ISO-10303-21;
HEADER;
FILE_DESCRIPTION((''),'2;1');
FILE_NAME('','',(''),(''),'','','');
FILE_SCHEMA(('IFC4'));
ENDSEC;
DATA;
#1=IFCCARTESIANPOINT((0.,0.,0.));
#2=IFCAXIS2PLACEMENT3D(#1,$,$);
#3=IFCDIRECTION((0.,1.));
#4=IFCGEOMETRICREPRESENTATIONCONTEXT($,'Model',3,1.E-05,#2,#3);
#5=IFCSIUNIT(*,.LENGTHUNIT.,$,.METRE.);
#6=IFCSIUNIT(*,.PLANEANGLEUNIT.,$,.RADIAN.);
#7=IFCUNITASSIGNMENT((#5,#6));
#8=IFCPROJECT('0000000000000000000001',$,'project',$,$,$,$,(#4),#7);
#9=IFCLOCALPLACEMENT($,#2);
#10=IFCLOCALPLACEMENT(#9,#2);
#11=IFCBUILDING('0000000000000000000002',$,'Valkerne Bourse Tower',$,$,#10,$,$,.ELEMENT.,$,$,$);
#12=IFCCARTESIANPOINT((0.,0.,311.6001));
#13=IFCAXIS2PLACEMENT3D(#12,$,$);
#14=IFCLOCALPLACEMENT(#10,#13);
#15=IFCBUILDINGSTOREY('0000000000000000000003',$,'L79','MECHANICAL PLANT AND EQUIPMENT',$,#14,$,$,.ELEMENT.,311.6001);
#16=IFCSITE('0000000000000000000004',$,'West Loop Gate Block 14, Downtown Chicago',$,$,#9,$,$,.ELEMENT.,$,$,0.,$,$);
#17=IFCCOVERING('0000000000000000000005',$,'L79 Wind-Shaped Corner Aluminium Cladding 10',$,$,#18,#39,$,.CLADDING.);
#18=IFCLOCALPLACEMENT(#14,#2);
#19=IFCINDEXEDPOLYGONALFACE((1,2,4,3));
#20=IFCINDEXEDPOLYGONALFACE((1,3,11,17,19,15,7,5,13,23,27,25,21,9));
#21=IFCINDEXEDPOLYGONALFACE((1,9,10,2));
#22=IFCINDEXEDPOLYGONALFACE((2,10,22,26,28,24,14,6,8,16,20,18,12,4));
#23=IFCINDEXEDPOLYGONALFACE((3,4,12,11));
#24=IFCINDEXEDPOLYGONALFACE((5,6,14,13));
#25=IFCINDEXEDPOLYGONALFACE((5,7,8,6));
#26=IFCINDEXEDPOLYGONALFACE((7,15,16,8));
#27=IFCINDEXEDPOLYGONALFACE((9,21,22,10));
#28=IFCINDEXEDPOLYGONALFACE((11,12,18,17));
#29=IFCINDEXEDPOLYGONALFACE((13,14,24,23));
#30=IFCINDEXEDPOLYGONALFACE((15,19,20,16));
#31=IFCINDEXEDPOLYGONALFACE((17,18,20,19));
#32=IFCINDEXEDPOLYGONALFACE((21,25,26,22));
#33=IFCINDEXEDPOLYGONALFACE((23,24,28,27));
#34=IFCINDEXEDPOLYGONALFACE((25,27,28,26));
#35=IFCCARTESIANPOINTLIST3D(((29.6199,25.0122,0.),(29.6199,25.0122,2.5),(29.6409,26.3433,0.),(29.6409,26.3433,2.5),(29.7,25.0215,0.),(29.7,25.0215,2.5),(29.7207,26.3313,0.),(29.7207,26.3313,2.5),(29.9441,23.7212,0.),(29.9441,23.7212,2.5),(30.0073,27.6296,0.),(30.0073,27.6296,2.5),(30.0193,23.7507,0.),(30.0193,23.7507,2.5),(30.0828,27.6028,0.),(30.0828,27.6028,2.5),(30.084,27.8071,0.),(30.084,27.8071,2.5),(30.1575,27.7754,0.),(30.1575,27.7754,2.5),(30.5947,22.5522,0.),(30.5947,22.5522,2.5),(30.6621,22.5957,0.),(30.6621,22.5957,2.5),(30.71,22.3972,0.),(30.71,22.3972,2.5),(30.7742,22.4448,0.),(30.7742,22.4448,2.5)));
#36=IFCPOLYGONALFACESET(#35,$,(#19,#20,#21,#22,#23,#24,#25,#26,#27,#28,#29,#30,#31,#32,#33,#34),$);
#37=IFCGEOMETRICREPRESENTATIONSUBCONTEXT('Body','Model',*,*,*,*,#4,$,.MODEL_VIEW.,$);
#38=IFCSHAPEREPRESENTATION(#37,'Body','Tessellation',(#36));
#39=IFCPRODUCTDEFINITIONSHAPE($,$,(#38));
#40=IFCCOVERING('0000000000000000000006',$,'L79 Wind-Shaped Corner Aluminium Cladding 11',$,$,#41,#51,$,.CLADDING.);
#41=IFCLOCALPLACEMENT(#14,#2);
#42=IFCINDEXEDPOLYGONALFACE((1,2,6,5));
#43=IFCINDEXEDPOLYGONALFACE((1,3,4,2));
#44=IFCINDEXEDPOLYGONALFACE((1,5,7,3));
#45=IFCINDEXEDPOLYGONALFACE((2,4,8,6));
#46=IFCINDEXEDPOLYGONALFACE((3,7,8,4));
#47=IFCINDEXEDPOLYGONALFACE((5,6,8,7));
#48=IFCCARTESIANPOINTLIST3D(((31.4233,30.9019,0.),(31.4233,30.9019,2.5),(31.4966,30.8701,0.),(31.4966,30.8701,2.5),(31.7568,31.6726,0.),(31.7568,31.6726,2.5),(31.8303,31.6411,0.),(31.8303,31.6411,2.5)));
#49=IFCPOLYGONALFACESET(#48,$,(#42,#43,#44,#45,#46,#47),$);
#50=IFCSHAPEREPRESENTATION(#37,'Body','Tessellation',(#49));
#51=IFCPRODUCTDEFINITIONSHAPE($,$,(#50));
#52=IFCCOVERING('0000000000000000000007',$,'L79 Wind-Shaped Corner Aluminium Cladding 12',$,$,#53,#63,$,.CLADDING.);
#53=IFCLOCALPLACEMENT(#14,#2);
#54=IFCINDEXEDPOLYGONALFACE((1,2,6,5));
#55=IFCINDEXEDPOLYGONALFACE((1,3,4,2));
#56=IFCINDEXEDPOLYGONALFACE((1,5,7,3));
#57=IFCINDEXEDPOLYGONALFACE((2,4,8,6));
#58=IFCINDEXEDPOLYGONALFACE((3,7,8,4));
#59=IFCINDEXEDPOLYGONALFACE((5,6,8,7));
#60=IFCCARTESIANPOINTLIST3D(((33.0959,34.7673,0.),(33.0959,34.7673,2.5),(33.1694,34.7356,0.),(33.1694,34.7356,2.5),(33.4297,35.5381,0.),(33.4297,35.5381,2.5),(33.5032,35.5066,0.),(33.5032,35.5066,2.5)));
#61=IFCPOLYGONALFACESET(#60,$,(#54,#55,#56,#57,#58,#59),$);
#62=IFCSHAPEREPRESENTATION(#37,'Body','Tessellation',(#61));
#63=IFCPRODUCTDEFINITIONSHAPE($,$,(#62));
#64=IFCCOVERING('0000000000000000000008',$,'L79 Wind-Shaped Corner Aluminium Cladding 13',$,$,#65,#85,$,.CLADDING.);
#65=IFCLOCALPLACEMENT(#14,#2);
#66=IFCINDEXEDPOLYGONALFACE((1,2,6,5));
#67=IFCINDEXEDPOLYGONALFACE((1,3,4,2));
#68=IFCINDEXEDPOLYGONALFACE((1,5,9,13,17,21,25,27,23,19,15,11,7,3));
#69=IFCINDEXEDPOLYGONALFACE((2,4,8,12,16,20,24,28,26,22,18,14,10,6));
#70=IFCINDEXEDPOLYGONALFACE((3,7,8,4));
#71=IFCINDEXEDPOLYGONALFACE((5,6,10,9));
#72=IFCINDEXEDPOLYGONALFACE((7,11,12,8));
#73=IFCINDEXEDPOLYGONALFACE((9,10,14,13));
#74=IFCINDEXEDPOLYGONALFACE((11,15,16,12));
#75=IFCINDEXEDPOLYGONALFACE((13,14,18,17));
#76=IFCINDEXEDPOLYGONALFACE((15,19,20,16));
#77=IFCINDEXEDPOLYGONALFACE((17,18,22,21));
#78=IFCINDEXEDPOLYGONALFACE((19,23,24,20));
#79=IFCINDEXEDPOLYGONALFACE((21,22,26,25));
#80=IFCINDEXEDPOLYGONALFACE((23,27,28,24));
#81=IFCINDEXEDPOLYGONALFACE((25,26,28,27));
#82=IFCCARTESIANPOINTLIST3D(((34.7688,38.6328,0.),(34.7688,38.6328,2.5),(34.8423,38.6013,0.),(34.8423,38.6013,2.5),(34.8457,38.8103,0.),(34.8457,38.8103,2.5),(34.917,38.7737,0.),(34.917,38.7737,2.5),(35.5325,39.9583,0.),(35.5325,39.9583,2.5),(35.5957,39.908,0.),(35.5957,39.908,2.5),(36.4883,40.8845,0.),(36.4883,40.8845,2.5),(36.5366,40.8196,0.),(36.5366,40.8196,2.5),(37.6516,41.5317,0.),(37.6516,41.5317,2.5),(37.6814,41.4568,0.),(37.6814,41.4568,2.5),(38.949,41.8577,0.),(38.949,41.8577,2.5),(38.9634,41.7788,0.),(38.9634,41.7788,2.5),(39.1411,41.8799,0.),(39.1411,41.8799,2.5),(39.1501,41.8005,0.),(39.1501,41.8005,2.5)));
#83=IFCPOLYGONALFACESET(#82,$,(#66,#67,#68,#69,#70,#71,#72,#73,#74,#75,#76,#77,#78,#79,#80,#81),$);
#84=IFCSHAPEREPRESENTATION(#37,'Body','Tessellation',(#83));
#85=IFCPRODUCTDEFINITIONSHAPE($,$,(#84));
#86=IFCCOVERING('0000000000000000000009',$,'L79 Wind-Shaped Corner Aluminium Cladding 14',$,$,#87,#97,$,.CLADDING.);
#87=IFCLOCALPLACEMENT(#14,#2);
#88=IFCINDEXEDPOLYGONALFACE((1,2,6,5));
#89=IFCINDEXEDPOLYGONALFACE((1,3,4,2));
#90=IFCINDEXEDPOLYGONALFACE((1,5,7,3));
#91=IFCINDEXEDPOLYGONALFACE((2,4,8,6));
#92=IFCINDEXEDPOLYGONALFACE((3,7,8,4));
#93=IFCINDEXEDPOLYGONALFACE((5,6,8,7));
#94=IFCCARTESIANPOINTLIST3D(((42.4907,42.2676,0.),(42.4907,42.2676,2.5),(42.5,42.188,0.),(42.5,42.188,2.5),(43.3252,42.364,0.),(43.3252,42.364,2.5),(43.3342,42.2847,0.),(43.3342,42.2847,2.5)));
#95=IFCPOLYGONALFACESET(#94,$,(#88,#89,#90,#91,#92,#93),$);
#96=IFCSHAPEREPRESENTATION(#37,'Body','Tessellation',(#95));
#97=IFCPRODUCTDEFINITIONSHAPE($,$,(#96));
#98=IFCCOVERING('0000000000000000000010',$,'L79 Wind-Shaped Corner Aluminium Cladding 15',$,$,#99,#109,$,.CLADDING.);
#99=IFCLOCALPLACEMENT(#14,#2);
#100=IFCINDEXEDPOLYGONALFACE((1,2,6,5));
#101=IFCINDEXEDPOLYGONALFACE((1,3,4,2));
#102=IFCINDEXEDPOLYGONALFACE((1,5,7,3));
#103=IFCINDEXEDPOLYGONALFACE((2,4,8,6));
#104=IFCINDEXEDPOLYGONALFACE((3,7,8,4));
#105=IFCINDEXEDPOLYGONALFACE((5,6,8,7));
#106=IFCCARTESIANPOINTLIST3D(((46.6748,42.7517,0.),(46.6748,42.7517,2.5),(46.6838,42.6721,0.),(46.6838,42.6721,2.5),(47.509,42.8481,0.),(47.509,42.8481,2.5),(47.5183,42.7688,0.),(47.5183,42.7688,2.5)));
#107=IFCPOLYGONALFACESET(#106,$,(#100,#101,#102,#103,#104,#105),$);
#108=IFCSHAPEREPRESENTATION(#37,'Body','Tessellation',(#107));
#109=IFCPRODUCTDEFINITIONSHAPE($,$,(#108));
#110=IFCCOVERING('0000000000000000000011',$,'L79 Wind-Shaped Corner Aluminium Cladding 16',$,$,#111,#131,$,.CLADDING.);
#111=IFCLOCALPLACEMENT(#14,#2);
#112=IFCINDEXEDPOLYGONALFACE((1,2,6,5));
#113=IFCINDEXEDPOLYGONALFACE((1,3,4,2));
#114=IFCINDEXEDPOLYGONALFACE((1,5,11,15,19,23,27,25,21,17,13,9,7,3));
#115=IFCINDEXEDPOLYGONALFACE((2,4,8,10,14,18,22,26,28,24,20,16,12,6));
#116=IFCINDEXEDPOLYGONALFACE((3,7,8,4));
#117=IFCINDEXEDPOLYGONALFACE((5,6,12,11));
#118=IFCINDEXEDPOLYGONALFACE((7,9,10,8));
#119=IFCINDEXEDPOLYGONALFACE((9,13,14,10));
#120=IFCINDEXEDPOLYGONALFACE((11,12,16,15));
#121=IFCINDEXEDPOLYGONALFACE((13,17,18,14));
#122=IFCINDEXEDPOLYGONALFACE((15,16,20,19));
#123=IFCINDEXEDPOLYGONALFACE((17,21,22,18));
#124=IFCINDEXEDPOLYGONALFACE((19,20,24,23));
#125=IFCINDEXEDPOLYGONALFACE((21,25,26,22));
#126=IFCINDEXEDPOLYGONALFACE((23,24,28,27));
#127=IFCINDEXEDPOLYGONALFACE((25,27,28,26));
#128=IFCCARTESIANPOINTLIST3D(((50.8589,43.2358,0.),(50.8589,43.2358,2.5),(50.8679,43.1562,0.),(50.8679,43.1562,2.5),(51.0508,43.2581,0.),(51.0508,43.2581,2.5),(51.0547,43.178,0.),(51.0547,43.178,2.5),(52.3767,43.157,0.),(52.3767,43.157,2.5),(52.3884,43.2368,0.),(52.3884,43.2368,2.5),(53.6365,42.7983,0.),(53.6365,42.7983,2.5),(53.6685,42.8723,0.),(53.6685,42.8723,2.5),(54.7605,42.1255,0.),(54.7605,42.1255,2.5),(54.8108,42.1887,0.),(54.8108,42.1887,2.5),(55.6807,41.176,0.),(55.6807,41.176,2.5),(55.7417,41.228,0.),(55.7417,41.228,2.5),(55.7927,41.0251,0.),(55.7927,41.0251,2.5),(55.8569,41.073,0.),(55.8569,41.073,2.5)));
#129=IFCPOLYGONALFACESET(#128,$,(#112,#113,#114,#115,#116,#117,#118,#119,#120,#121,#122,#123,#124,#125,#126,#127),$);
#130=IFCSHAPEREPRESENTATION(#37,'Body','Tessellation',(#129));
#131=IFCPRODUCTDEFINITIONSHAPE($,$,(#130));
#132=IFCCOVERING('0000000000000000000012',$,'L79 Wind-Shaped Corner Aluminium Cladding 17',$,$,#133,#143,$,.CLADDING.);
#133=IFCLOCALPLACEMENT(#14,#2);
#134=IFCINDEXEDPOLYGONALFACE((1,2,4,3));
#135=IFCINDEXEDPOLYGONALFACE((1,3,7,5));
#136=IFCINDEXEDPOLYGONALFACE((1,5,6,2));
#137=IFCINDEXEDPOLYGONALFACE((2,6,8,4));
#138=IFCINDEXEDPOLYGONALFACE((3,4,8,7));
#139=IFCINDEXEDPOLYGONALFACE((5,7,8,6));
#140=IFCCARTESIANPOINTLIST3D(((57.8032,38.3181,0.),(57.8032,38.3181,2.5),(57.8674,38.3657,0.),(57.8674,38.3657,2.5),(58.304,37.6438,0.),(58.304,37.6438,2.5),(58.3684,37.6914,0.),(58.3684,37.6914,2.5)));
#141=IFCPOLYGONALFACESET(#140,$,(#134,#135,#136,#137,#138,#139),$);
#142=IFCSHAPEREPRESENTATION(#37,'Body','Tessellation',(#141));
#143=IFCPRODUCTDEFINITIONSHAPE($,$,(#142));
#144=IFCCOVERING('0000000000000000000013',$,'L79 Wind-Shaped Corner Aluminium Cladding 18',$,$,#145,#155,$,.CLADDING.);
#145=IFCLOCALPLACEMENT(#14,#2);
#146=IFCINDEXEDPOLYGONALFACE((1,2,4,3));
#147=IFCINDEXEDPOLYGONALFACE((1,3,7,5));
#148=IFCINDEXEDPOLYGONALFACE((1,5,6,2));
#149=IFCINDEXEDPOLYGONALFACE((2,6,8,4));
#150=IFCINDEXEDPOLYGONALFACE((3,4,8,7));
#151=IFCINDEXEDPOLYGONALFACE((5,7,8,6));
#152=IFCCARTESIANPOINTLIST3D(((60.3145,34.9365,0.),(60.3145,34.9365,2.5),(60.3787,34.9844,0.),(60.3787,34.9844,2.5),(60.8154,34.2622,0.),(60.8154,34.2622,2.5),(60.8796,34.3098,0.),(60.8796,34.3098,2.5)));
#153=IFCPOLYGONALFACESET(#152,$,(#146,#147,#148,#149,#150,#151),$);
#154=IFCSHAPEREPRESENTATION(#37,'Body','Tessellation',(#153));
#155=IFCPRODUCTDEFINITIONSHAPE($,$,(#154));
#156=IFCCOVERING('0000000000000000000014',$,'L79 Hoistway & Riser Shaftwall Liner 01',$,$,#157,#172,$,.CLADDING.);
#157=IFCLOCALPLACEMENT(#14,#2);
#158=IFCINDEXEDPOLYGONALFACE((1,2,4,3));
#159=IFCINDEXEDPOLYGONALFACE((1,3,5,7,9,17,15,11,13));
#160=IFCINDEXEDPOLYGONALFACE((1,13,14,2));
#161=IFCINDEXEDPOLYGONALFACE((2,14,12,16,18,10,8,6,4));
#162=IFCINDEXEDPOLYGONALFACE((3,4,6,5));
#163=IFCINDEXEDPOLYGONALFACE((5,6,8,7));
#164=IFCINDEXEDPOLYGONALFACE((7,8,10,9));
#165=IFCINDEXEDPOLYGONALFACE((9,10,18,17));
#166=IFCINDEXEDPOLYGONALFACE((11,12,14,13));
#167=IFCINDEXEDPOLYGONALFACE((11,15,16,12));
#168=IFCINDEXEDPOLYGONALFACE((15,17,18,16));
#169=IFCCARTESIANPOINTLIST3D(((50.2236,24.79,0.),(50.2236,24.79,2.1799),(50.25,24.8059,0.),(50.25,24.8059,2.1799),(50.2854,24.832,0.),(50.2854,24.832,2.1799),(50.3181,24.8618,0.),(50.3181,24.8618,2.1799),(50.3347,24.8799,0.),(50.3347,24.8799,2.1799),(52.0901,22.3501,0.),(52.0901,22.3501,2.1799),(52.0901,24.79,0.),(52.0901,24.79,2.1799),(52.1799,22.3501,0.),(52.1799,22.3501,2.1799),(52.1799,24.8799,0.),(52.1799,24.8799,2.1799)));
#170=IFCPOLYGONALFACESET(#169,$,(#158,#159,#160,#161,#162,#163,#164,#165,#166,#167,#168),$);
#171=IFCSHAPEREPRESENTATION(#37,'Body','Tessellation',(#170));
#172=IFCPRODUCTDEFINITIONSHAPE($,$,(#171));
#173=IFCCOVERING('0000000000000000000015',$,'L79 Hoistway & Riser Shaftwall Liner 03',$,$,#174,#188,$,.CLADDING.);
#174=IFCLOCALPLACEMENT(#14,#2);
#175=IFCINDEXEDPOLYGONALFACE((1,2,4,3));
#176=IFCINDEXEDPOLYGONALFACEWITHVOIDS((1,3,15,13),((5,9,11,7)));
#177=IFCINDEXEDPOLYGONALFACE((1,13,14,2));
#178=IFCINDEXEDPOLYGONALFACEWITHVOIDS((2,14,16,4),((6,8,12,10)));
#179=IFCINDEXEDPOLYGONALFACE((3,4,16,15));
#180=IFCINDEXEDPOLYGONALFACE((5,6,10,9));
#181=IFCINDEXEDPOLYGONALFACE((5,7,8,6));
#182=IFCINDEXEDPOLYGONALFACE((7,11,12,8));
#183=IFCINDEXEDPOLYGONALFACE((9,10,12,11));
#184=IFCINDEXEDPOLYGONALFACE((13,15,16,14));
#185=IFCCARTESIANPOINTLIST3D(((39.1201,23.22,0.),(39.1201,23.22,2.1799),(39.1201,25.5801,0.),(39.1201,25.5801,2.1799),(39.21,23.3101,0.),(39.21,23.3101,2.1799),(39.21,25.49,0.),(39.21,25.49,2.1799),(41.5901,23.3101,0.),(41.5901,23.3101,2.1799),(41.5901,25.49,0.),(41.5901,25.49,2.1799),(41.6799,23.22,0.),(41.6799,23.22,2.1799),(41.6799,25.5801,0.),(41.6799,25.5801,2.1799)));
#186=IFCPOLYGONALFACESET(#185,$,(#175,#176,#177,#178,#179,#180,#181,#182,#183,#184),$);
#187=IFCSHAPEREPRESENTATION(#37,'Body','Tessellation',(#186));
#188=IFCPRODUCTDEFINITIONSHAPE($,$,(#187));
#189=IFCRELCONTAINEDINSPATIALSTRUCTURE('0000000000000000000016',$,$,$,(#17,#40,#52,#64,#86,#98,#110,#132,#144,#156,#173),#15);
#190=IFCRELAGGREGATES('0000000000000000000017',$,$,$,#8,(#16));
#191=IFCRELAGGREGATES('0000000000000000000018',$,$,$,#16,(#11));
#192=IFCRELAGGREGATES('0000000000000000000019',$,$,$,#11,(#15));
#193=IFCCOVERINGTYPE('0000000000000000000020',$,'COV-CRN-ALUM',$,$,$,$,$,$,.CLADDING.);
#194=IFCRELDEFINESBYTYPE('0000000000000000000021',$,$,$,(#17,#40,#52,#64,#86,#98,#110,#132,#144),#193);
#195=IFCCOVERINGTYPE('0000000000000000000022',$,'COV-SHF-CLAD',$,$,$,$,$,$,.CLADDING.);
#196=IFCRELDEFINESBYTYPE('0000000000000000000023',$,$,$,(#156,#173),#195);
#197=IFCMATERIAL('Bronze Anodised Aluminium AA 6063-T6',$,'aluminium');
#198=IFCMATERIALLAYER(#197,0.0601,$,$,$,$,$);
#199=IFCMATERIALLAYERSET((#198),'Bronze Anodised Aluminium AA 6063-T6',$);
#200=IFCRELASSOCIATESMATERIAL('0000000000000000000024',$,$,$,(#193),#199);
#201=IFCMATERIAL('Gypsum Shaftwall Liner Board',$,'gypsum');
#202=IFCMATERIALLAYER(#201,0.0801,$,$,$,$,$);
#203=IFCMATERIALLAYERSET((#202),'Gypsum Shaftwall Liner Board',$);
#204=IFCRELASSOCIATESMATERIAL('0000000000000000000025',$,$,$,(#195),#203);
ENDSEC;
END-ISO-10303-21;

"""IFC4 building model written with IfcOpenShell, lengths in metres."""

from ifc_helpers import new_model, si_unit, direction, frame, origin, place, context, subcontext, project, spatial, polyline, outline, extrude, material, layer, layer_set, type_object, element, save


model = new_model("IFC4")

# Units and contexts
model_context = context("Model", 3, precision=1e-05, world=origin(), true_north=direction((0.0, 1.0)))
body_context = subcontext(model_context, "Body", "Model", "MODEL_VIEW")
ifc_project = project(units=[si_unit("LENGTHUNIT", "METRE"), si_unit("PLANEANGLEUNIT", "RADIAN")], contexts=[model_context])

# Site, building, storey
site_placement = place(None, origin())
site = spatial("IfcSite", under=ifc_project, at=site_placement, Name="West Loop Gate Block 14, Downtown Chicago", CompositionType="ELEMENT", RefElevation=0.0)
building_placement = place(site_placement, origin())
building = spatial("IfcBuilding", under=site, at=building_placement, Name="Valkerne Bourse Tower", CompositionType="ELEMENT")
storey_placement = place(building_placement, frame((0.0, 0.0, 311.6001)))
storey = spatial("IfcBuildingStorey", under=building, at=storey_placement, Name="L79", Description="MECHANICAL PLANT AND EQUIPMENT", CompositionType="ELEMENT", Elevation=311.6001)

# Shared definitions
ifc_material_1 = material(Name="Bronze Anodised Aluminium AA 6063-T6", Category="aluminium")

# Coverings
ifc_layer_1 = layer(ifc_material_1, 0.0601)
ifc_layer_set_1 = layer_set([ifc_layer_1], Name="Bronze Anodised Aluminium AA 6063-T6")
covering_type_1 = type_object("IfcCoveringType", Name="COV-CRN-ALUM", PredefinedType="CLADDING", material=ifc_layer_set_1)
covering_1_placement = place(storey_placement, origin())
element("IfcCovering", 1, at=covering_1_placement, inside=storey, type_object=covering_type_1, Name="L79 Wind-Shaped Corner Aluminium Cladding 10", PredefinedType="CLADDING", context=body_context, shape_type="SweptSolid", body=[
    extrude(outline(polyline([(30.5947, 22.5522), (29.9441, 23.7212), (29.6199, 25.0122), (29.6409, 26.3433), (30.0073, 27.6296), (30.084, 27.8071), (30.1575, 27.7754), (30.0828, 27.6028), (29.7207, 26.3313), (29.7, 25.0215), (30.0193, 23.7507), (30.6621, 22.5957), (30.7742, 22.4448), (30.71, 22.3972), (30.5947, 22.5522)])), origin(), (0.0, 0.0, 1.0), 2.5),
])
covering_2_placement = place(storey_placement, origin())
element("IfcCovering", 2, at=covering_2_placement, inside=storey, type_object=covering_type_1, Name="L79 Wind-Shaped Corner Aluminium Cladding 11", PredefinedType="CLADDING", context=body_context, shape_type="SweptSolid", body=[
    extrude(outline(polyline([(31.7568, 31.6726), (31.8303, 31.6411), (31.4966, 30.8701), (31.4233, 30.9019), (31.7568, 31.6726)])), origin(), (0.0, 0.0, 1.0), 2.5),
])
covering_3_placement = place(storey_placement, origin())
element("IfcCovering", 3, at=covering_3_placement, inside=storey, type_object=covering_type_1, Name="L79 Wind-Shaped Corner Aluminium Cladding 12", PredefinedType="CLADDING", context=body_context, shape_type="SweptSolid", body=[
    extrude(outline(polyline([(33.4297, 35.5381), (33.5032, 35.5066), (33.1694, 34.7356), (33.0959, 34.7673), (33.4297, 35.5381)])), origin(), (0.0, 0.0, 1.0), 2.5),
])
covering_4_placement = place(storey_placement, origin())
element("IfcCovering", 4, at=covering_4_placement, inside=storey, type_object=covering_type_1, Name="L79 Wind-Shaped Corner Aluminium Cladding 13", PredefinedType="CLADDING", context=body_context, shape_type="SweptSolid", body=[
    extrude(outline(polyline([(34.8457, 38.8103), (35.5325, 39.9583), (36.4883, 40.8845), (37.6516, 41.5317), (38.949, 41.8577), (39.1411, 41.8799), (39.1501, 41.8005), (38.9634, 41.7788), (37.6814, 41.4568), (36.5366, 40.8196), (35.5957, 39.908), (34.917, 38.7737), (34.8423, 38.6013), (34.7688, 38.6328), (34.8457, 38.8103)])), origin(), (0.0, 0.0, 1.0), 2.5),
])
covering_5_placement = place(storey_placement, origin())
element("IfcCovering", 5, at=covering_5_placement, inside=storey, type_object=covering_type_1, Name="L79 Wind-Shaped Corner Aluminium Cladding 14", PredefinedType="CLADDING", context=body_context, shape_type="SweptSolid", body=[
    extrude(outline(polyline([(43.3252, 42.364), (43.3342, 42.2847), (42.5, 42.188), (42.4907, 42.2676), (43.3252, 42.364)])), origin(), (0.0, 0.0, 1.0), 2.5),
])
covering_6_placement = place(storey_placement, origin())
element("IfcCovering", 6, at=covering_6_placement, inside=storey, type_object=covering_type_1, Name="L79 Wind-Shaped Corner Aluminium Cladding 15", PredefinedType="CLADDING", context=body_context, shape_type="SweptSolid", body=[
    extrude(outline(polyline([(47.509, 42.8481), (47.5183, 42.7688), (46.6838, 42.6721), (46.6748, 42.7517), (47.509, 42.8481)])), origin(), (0.0, 0.0, 1.0), 2.5),
])
covering_7_placement = place(storey_placement, origin())
element("IfcCovering", 7, at=covering_7_placement, inside=storey, type_object=covering_type_1, Name="L79 Wind-Shaped Corner Aluminium Cladding 16", PredefinedType="CLADDING", context=body_context, shape_type="SweptSolid", body=[
    extrude(outline(polyline([(51.0508, 43.2581), (52.3884, 43.2368), (53.6685, 42.8723), (54.8108, 42.1887), (55.7417, 41.228), (55.8569, 41.073), (55.7927, 41.0251), (55.6807, 41.176), (54.7605, 42.1255), (53.6365, 42.7983), (52.3767, 43.157), (51.0547, 43.178), (50.8679, 43.1562), (50.8589, 43.2358), (51.0508, 43.2581)])), origin(), (0.0, 0.0, 1.0), 2.5),
])
covering_8_placement = place(storey_placement, origin())
element("IfcCovering", 8, at=covering_8_placement, inside=storey, type_object=covering_type_1, Name="L79 Wind-Shaped Corner Aluminium Cladding 17", PredefinedType="CLADDING", context=body_context, shape_type="SweptSolid", body=[
    extrude(outline(polyline([(58.3684, 37.6914), (58.304, 37.6438), (57.8032, 38.3181), (57.8674, 38.3657), (58.3684, 37.6914)])), origin(), (0.0, 0.0, 1.0), 2.5),
])
covering_9_placement = place(storey_placement, origin())
element("IfcCovering", 9, at=covering_9_placement, inside=storey, type_object=covering_type_1, Name="L79 Wind-Shaped Corner Aluminium Cladding 18", PredefinedType="CLADDING", context=body_context, shape_type="SweptSolid", body=[
    extrude(outline(polyline([(60.8796, 34.3098), (60.8154, 34.2622), (60.3145, 34.9365), (60.3787, 34.9844), (60.8796, 34.3098)])), origin(), (0.0, 0.0, 1.0), 2.5),
])
ifc_material_2 = material(Name="Gypsum Shaftwall Liner Board", Category="gypsum")
ifc_layer_2 = layer(ifc_material_2, 0.0801)
ifc_layer_set_2 = layer_set([ifc_layer_2], Name="Gypsum Shaftwall Liner Board")
covering_type_2 = type_object("IfcCoveringType", Name="COV-SHF-CLAD", PredefinedType="CLADDING", material=ifc_layer_set_2)
covering_10_placement = place(storey_placement, origin())
element("IfcCovering", 10, at=covering_10_placement, inside=storey, type_object=covering_type_2, Name="L79 Hoistway & Riser Shaftwall Liner 01", PredefinedType="CLADDING", context=body_context, shape_type="SweptSolid", body=[
    extrude(outline(polyline([(52.1799, 24.8799), (52.1799, 22.3501), (52.0901, 22.3501), (52.0901, 24.79), (50.2236, 24.79), (50.25, 24.8059), (50.2854, 24.832), (50.3181, 24.8618), (50.3347, 24.8799), (52.1799, 24.8799)])), origin(), (0.0, 0.0, 1.0), 2.1799),
])
covering_11_placement = place(storey_placement, origin())
element("IfcCovering", 11, at=covering_11_placement, inside=storey, type_object=covering_type_2, Name="L79 Hoistway & Riser Shaftwall Liner 03", PredefinedType="CLADDING", context=body_context, shape_type="SweptSolid", body=[
    extrude(outline(polyline([(41.6799, 25.5801), (41.6799, 23.22), (39.1201, 23.22), (39.1201, 25.5801), (41.6799, 25.5801)]), holes=[polyline([(41.5901, 25.49), (39.21, 25.49), (39.21, 23.3101), (41.5901, 23.3101), (41.5901, 25.49)])]), origin(), (0.0, 0.0, 1.0), 2.1799),
])

save(model, "model.ifc")
